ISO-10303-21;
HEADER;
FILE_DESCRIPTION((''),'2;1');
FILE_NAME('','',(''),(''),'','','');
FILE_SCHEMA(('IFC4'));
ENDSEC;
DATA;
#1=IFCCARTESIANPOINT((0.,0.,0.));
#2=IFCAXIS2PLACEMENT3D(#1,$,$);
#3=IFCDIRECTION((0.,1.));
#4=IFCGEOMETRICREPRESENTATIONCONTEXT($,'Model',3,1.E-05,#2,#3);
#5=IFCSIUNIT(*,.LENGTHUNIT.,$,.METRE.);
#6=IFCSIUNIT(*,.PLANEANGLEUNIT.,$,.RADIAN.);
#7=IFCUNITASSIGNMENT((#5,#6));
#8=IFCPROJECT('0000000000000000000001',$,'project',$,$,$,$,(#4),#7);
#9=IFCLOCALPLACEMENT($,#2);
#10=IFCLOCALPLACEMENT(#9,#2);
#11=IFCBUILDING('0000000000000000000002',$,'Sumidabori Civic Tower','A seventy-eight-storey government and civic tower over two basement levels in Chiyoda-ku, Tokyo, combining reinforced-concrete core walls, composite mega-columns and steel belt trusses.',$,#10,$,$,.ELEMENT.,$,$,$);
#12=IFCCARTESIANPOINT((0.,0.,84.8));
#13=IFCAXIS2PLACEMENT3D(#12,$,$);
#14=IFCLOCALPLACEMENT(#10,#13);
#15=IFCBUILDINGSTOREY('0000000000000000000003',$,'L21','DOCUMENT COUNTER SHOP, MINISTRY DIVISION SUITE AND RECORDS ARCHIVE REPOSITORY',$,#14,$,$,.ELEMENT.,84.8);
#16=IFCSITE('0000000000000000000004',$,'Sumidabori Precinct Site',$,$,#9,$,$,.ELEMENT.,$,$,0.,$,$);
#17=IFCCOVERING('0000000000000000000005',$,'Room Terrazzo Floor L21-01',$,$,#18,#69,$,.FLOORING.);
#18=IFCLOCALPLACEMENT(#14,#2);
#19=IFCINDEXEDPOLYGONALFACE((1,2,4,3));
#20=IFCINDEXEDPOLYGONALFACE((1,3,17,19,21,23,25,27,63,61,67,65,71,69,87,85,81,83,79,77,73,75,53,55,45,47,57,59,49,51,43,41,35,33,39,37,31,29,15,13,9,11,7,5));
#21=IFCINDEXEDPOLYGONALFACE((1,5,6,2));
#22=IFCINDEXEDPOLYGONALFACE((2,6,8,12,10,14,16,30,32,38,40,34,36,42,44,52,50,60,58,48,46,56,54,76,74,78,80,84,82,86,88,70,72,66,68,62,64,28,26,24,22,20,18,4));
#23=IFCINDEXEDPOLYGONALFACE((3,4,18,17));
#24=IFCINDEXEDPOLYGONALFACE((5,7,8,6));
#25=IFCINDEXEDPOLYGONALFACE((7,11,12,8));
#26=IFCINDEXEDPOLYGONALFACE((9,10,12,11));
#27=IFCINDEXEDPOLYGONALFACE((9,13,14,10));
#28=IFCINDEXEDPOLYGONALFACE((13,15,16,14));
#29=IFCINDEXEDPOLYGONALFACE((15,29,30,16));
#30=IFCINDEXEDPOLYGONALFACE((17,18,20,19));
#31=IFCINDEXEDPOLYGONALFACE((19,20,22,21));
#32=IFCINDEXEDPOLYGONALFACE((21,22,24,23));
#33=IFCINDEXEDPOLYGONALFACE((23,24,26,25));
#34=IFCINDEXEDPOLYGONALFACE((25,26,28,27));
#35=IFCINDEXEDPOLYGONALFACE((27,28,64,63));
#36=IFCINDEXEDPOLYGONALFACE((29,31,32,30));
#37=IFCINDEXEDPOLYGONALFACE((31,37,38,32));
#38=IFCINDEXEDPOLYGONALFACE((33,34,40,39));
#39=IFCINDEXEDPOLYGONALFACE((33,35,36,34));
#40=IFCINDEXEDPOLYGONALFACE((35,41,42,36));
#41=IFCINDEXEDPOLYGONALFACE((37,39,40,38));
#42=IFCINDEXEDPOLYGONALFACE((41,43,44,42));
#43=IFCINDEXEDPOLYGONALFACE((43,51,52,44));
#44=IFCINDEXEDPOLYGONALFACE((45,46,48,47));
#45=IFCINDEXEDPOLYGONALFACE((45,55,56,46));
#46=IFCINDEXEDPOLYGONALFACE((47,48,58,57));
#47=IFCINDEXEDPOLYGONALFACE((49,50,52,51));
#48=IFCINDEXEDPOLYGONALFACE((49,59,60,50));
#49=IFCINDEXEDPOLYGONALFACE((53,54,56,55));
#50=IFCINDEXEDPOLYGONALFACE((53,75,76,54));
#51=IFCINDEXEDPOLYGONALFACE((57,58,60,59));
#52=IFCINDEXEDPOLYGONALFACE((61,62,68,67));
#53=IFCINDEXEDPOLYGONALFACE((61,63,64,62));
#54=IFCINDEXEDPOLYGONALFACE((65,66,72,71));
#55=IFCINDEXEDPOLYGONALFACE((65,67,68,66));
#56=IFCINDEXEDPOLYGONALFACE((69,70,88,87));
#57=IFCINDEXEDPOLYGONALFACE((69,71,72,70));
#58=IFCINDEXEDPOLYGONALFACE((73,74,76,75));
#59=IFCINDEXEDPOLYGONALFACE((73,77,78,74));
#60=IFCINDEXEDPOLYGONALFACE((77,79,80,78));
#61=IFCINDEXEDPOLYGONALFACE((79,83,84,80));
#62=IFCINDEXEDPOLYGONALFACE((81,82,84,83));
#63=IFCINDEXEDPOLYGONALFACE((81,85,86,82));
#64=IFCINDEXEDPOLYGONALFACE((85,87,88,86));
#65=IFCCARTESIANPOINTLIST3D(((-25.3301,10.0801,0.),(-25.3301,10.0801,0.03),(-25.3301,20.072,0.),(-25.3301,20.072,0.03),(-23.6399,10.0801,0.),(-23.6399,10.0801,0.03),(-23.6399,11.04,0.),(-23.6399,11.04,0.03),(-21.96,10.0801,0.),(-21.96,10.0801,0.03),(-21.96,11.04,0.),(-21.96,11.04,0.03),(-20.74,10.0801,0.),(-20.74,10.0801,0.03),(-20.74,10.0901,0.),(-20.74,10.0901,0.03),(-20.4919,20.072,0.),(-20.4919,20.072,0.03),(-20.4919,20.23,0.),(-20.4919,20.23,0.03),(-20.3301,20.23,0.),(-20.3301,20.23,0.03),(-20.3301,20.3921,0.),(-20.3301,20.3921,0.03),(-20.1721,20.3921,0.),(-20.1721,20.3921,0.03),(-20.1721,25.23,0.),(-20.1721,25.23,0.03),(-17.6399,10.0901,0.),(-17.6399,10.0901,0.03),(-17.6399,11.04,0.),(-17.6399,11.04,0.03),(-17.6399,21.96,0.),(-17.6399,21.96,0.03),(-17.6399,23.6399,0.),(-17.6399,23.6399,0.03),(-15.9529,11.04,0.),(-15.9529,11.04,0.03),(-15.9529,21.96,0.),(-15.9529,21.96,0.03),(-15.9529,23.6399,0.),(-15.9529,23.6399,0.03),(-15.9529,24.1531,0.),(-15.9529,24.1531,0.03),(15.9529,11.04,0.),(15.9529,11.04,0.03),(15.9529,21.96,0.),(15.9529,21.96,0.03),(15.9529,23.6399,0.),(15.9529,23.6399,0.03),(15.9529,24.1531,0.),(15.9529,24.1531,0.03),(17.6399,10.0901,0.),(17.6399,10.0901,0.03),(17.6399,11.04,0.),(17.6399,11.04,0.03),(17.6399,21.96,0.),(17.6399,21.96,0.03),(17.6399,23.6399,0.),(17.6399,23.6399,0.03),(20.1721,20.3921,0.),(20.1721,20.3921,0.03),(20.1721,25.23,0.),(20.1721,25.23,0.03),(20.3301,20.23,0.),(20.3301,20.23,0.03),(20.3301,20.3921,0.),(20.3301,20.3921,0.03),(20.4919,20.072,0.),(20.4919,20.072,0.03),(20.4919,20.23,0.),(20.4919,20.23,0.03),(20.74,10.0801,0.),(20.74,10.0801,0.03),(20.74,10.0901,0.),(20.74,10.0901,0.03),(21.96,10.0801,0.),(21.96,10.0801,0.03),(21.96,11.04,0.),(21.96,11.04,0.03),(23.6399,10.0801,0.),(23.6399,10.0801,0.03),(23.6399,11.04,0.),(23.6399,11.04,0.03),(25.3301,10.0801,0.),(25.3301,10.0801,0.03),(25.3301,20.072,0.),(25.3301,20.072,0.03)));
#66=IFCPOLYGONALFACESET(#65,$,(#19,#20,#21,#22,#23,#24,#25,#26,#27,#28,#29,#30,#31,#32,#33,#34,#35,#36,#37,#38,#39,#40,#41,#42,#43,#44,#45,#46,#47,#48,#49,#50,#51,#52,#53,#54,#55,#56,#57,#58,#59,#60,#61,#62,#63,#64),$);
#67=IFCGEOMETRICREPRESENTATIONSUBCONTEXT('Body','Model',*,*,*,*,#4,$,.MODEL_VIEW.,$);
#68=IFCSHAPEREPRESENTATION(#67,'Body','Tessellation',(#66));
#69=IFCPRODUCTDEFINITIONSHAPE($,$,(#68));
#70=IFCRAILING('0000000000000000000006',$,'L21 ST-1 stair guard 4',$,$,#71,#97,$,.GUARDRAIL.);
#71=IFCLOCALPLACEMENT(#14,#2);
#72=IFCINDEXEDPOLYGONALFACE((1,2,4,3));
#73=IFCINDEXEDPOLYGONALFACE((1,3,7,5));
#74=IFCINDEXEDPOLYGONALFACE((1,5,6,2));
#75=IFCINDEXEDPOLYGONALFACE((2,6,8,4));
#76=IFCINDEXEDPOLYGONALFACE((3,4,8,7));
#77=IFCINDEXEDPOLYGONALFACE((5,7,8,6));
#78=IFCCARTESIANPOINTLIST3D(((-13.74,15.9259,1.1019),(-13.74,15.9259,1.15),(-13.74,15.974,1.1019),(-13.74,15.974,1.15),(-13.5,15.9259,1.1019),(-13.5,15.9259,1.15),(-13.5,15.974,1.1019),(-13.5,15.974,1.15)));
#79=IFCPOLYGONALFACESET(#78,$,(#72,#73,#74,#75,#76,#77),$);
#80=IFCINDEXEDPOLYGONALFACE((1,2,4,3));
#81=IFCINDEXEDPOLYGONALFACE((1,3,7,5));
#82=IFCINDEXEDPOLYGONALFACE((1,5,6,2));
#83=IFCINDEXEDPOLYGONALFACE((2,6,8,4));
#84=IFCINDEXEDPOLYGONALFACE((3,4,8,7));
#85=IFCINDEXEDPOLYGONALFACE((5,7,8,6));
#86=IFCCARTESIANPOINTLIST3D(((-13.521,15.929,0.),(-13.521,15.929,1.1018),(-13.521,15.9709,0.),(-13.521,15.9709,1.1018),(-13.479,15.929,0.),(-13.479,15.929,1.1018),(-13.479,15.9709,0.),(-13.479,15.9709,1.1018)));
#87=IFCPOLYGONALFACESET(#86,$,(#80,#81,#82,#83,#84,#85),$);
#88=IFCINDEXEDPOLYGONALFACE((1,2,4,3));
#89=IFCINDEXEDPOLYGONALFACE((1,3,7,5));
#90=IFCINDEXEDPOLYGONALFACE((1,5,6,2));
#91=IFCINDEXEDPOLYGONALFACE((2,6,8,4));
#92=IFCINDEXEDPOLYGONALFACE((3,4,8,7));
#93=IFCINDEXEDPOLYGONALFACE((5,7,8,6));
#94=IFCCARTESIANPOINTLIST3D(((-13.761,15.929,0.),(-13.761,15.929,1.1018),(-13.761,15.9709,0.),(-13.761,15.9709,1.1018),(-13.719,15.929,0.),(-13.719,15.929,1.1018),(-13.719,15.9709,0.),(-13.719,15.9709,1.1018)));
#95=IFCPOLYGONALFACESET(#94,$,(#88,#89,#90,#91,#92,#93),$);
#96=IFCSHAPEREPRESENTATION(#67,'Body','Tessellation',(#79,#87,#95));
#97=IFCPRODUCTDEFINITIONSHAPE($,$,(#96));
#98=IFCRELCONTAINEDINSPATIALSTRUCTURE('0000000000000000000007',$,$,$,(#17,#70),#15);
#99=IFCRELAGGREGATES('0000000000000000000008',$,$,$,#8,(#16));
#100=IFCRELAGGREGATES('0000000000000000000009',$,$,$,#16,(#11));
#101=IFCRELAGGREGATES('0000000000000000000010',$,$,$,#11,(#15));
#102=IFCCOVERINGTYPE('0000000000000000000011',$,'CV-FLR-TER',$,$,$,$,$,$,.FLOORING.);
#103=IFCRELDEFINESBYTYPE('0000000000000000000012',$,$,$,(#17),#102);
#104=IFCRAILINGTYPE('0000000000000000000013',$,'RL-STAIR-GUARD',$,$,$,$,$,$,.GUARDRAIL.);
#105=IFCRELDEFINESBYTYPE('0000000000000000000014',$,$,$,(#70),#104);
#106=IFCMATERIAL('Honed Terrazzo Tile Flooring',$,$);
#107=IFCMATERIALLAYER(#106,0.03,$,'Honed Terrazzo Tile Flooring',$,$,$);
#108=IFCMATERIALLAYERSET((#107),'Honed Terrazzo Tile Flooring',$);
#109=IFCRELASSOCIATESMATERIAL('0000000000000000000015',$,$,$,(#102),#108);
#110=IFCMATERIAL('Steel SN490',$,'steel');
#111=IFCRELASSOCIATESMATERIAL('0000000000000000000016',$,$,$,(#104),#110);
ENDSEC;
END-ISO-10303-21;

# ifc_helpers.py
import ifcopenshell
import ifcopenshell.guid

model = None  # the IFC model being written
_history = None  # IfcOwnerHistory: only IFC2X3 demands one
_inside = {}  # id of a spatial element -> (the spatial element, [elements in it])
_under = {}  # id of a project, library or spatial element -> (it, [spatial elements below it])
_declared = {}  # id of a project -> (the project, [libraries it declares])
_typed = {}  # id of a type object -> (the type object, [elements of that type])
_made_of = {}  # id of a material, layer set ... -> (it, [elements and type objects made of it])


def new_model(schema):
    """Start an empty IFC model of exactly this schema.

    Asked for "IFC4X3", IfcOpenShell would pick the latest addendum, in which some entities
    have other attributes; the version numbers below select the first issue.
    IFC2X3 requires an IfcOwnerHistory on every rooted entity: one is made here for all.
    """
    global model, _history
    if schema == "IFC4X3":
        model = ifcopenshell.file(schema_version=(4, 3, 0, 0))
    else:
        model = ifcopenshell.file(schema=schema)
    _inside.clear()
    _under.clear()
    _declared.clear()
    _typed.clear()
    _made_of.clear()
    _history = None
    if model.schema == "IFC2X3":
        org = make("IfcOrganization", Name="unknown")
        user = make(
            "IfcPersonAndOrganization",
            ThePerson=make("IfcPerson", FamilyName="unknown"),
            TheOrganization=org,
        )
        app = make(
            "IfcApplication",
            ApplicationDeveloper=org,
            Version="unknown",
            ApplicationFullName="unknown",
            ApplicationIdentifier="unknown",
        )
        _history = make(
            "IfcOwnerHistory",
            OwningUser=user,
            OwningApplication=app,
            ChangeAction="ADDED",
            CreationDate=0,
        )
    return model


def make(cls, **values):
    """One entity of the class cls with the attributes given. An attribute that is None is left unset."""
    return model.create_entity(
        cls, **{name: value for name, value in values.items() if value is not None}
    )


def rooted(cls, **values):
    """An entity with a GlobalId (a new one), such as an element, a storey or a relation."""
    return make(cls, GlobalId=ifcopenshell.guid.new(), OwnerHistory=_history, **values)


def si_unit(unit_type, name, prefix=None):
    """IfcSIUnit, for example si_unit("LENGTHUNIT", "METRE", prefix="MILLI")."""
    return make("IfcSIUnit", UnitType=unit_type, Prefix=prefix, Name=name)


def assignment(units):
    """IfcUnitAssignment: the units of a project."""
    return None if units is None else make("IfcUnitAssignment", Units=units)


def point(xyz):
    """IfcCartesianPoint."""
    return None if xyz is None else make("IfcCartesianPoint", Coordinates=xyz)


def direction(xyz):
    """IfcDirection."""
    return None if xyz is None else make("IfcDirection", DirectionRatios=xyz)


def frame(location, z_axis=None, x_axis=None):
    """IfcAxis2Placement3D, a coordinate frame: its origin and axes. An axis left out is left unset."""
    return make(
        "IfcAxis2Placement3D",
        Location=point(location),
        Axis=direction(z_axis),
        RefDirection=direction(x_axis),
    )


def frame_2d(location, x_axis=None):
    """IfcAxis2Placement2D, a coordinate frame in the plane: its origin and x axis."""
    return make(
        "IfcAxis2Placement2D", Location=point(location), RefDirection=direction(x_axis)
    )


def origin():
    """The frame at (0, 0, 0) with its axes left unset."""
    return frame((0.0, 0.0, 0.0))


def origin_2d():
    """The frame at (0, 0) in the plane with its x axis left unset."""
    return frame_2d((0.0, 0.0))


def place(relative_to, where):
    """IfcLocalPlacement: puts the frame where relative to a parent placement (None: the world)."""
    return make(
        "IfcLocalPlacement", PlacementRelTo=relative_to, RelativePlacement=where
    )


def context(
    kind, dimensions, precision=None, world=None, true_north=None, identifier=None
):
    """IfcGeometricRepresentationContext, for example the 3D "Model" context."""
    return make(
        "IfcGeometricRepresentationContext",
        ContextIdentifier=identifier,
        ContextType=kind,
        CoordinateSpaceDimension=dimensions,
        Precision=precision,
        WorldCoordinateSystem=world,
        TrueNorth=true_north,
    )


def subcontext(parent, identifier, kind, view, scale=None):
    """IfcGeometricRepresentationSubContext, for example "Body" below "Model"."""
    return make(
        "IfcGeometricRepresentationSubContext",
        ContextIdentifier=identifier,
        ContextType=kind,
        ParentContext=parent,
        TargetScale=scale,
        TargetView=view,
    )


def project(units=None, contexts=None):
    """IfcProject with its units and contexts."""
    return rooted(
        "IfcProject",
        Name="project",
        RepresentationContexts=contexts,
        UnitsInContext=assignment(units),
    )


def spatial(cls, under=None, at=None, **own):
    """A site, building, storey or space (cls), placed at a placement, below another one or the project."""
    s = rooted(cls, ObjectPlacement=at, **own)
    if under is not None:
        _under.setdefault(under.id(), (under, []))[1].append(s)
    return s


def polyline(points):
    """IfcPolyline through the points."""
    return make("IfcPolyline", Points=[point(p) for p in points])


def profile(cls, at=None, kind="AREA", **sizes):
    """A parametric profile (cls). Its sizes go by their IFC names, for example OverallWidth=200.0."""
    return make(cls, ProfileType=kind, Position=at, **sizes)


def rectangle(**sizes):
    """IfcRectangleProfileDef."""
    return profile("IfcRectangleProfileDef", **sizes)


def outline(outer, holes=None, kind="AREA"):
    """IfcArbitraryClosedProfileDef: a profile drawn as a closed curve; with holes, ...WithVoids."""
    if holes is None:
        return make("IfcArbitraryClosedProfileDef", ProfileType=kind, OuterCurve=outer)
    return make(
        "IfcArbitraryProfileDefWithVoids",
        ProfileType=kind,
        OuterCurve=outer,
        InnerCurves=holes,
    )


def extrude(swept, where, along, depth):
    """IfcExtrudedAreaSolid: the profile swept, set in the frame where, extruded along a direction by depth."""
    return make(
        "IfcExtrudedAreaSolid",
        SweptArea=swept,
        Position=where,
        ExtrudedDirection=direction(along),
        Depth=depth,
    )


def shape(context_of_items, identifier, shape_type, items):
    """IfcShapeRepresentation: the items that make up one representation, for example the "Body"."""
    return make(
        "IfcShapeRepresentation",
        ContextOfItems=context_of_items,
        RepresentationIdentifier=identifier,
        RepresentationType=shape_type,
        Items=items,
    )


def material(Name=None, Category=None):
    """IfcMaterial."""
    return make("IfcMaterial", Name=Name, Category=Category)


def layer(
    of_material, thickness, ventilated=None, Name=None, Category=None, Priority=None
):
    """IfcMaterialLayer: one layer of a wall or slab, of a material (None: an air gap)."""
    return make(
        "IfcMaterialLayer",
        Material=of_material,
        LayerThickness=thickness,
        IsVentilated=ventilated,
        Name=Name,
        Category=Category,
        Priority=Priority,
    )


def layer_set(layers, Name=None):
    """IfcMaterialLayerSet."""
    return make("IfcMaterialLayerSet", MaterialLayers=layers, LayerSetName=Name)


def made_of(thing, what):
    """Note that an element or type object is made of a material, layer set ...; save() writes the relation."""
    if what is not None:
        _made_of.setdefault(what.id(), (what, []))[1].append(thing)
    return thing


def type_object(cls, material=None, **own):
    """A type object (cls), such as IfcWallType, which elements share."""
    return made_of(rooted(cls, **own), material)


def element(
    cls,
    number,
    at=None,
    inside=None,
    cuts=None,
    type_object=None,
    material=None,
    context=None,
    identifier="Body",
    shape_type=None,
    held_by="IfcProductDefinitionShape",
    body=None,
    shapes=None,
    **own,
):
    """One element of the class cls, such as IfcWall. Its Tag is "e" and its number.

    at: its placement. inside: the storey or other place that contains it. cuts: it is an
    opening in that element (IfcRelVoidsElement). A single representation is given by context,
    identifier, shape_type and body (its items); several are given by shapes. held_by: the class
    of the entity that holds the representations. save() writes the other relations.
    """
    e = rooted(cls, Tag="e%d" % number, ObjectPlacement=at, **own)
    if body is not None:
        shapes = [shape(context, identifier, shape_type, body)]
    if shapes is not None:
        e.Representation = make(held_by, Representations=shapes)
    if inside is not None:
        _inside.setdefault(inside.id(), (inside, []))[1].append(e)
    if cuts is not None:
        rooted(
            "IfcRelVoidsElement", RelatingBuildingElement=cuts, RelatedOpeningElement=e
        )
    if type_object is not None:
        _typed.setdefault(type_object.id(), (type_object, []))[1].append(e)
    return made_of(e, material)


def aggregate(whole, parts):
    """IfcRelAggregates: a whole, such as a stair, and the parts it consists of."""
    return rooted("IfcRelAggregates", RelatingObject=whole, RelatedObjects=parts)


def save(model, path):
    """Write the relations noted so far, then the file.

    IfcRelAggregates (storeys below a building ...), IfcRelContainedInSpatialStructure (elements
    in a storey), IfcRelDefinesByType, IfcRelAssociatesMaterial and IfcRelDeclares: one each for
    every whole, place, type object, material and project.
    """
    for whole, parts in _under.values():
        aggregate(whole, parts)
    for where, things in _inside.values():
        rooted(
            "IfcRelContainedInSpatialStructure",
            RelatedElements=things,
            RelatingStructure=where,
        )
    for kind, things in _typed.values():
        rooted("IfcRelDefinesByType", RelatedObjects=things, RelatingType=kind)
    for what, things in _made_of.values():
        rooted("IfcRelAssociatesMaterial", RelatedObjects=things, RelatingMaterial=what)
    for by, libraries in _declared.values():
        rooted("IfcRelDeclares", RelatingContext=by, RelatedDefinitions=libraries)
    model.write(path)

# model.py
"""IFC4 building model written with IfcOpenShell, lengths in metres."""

from ifc_helpers import new_model, si_unit, direction, frame, origin, origin_2d, place, context, subcontext, project, spatial, polyline, rectangle, outline, extrude, material, layer, layer_set, type_object, element, save


model = new_model("IFC4")

# Units and contexts
model_context = context("Model", 3, precision=1e-05, world=origin(), true_north=direction((0.0, 1.0)))
body_context = subcontext(model_context, "Body", "Model", "MODEL_VIEW")
ifc_project = project(units=[si_unit("LENGTHUNIT", "METRE"), si_unit("PLANEANGLEUNIT", "RADIAN")], contexts=[model_context])

# Site, building, storey
site_placement = place(None, origin())
site = spatial("IfcSite", under=ifc_project, at=site_placement, Name="Sumidabori Precinct Site", CompositionType="ELEMENT", RefElevation=0.0)
building_placement = place(site_placement, origin())
building = spatial("IfcBuilding", under=site, at=building_placement, Name="Sumidabori Civic Tower", Description="A seventy-eight-storey government and civic tower over two basement levels in Chiyoda-ku, Tokyo, combining reinforced-concrete core walls, composite mega-columns and steel belt trusses.", CompositionType="ELEMENT")
storey_placement = place(building_placement, frame((0.0, 0.0, 84.8)))
storey = spatial("IfcBuildingStorey", under=building, at=storey_placement, Name="L21", Description="DOCUMENT COUNTER SHOP, MINISTRY DIVISION SUITE AND RECORDS ARCHIVE REPOSITORY", CompositionType="ELEMENT", Elevation=84.8)

# Shared definitions
ifc_material_1 = material(Name="Steel SN490", Category="steel")

# Covering
ifc_material_2 = material(Name="Honed Terrazzo Tile Flooring")
ifc_layer_1 = layer(ifc_material_2, 0.03, Name="Honed Terrazzo Tile Flooring")
ifc_layer_set_1 = layer_set([ifc_layer_1], Name="Honed Terrazzo Tile Flooring")
covering_type_1 = type_object("IfcCoveringType", Name="CV-FLR-TER", PredefinedType="FLOORING", material=ifc_layer_set_1)
covering_1_placement = place(storey_placement, origin())
element("IfcCovering", 1, at=covering_1_placement, inside=storey, type_object=covering_type_1, Name="Room Terrazzo Floor L21-01", PredefinedType="FLOORING", context=body_context, shape_type="SweptSolid", body=[
    extrude(outline(polyline([(-25.3301, 10.0801), (-25.3301, 20.072), (-20.4919, 20.072), (-20.4919, 20.23), (-20.3301, 20.23), (-20.3301, 20.3921), (-20.1721, 20.3921), (-20.1721, 25.23), (20.1721, 25.23), (20.1721, 20.3921), (20.3301, 20.3921), (20.3301, 20.23), (20.4919, 20.23), (20.4919, 20.072), (25.3301, 20.072), (25.3301, 10.0801), (23.6399, 10.0801), (23.6399, 11.04), (21.96, 11.04), (21.96, 10.0801), (20.74, 10.0801), (20.74, 10.0901), (17.6399, 10.0901), (17.6399, 11.04), (15.9529, 11.04), (15.9529, 21.96), (17.6399, 21.96), (17.6399, 23.6399), (15.9529, 23.6399), (15.9529, 24.1531), (-15.9529, 24.1531), (-15.9529, 23.6399), (-17.6399, 23.6399), (-17.6399, 21.96), (-15.9529, 21.96), (-15.9529, 11.04), (-17.6399, 11.04), (-17.6399, 10.0901), (-20.74, 10.0901), (-20.74, 10.0801), (-21.96, 10.0801), (-21.96, 11.04), (-23.6399, 11.04), (-23.6399, 10.0801), (-25.3301, 10.0801)])), origin(), (0.0, 0.0, 1.0), 0.03),
])

# Railing
railing_type = type_object("IfcRailingType", Name="RL-STAIR-GUARD", PredefinedType="GUARDRAIL", material=ifc_material_1)
railing_placement = place(storey_placement, frame((-13.5, 15.95, 0.0)))
element("IfcRailing", 2, at=railing_placement, inside=storey, type_object=railing_type, Name="L21 ST-1 stair guard 4", PredefinedType="GUARDRAIL", context=body_context, shape_type="SweptSolid", body=[
    extrude(rectangle(XDim=0.0481, YDim=0.0481, at=origin_2d()), frame((0.0, 0.0, 1.126), z_axis=(-1.0, 0.0, 0.0), x_axis=(0.0, -1.0, 0.0)), (0.0, 0.0, 1.0), 0.24),
    extrude(rectangle(XDim=0.042, YDim=0.042, at=origin_2d()), origin(), (0.0, 0.0, 1.0), 1.1018),
    extrude(rectangle(XDim=0.042, YDim=0.042, at=origin_2d()), frame((-0.24, 0.0, 0.0)), (0.0, 0.0, 1.0), 1.1018),
])

save(model, "model.ifc")
